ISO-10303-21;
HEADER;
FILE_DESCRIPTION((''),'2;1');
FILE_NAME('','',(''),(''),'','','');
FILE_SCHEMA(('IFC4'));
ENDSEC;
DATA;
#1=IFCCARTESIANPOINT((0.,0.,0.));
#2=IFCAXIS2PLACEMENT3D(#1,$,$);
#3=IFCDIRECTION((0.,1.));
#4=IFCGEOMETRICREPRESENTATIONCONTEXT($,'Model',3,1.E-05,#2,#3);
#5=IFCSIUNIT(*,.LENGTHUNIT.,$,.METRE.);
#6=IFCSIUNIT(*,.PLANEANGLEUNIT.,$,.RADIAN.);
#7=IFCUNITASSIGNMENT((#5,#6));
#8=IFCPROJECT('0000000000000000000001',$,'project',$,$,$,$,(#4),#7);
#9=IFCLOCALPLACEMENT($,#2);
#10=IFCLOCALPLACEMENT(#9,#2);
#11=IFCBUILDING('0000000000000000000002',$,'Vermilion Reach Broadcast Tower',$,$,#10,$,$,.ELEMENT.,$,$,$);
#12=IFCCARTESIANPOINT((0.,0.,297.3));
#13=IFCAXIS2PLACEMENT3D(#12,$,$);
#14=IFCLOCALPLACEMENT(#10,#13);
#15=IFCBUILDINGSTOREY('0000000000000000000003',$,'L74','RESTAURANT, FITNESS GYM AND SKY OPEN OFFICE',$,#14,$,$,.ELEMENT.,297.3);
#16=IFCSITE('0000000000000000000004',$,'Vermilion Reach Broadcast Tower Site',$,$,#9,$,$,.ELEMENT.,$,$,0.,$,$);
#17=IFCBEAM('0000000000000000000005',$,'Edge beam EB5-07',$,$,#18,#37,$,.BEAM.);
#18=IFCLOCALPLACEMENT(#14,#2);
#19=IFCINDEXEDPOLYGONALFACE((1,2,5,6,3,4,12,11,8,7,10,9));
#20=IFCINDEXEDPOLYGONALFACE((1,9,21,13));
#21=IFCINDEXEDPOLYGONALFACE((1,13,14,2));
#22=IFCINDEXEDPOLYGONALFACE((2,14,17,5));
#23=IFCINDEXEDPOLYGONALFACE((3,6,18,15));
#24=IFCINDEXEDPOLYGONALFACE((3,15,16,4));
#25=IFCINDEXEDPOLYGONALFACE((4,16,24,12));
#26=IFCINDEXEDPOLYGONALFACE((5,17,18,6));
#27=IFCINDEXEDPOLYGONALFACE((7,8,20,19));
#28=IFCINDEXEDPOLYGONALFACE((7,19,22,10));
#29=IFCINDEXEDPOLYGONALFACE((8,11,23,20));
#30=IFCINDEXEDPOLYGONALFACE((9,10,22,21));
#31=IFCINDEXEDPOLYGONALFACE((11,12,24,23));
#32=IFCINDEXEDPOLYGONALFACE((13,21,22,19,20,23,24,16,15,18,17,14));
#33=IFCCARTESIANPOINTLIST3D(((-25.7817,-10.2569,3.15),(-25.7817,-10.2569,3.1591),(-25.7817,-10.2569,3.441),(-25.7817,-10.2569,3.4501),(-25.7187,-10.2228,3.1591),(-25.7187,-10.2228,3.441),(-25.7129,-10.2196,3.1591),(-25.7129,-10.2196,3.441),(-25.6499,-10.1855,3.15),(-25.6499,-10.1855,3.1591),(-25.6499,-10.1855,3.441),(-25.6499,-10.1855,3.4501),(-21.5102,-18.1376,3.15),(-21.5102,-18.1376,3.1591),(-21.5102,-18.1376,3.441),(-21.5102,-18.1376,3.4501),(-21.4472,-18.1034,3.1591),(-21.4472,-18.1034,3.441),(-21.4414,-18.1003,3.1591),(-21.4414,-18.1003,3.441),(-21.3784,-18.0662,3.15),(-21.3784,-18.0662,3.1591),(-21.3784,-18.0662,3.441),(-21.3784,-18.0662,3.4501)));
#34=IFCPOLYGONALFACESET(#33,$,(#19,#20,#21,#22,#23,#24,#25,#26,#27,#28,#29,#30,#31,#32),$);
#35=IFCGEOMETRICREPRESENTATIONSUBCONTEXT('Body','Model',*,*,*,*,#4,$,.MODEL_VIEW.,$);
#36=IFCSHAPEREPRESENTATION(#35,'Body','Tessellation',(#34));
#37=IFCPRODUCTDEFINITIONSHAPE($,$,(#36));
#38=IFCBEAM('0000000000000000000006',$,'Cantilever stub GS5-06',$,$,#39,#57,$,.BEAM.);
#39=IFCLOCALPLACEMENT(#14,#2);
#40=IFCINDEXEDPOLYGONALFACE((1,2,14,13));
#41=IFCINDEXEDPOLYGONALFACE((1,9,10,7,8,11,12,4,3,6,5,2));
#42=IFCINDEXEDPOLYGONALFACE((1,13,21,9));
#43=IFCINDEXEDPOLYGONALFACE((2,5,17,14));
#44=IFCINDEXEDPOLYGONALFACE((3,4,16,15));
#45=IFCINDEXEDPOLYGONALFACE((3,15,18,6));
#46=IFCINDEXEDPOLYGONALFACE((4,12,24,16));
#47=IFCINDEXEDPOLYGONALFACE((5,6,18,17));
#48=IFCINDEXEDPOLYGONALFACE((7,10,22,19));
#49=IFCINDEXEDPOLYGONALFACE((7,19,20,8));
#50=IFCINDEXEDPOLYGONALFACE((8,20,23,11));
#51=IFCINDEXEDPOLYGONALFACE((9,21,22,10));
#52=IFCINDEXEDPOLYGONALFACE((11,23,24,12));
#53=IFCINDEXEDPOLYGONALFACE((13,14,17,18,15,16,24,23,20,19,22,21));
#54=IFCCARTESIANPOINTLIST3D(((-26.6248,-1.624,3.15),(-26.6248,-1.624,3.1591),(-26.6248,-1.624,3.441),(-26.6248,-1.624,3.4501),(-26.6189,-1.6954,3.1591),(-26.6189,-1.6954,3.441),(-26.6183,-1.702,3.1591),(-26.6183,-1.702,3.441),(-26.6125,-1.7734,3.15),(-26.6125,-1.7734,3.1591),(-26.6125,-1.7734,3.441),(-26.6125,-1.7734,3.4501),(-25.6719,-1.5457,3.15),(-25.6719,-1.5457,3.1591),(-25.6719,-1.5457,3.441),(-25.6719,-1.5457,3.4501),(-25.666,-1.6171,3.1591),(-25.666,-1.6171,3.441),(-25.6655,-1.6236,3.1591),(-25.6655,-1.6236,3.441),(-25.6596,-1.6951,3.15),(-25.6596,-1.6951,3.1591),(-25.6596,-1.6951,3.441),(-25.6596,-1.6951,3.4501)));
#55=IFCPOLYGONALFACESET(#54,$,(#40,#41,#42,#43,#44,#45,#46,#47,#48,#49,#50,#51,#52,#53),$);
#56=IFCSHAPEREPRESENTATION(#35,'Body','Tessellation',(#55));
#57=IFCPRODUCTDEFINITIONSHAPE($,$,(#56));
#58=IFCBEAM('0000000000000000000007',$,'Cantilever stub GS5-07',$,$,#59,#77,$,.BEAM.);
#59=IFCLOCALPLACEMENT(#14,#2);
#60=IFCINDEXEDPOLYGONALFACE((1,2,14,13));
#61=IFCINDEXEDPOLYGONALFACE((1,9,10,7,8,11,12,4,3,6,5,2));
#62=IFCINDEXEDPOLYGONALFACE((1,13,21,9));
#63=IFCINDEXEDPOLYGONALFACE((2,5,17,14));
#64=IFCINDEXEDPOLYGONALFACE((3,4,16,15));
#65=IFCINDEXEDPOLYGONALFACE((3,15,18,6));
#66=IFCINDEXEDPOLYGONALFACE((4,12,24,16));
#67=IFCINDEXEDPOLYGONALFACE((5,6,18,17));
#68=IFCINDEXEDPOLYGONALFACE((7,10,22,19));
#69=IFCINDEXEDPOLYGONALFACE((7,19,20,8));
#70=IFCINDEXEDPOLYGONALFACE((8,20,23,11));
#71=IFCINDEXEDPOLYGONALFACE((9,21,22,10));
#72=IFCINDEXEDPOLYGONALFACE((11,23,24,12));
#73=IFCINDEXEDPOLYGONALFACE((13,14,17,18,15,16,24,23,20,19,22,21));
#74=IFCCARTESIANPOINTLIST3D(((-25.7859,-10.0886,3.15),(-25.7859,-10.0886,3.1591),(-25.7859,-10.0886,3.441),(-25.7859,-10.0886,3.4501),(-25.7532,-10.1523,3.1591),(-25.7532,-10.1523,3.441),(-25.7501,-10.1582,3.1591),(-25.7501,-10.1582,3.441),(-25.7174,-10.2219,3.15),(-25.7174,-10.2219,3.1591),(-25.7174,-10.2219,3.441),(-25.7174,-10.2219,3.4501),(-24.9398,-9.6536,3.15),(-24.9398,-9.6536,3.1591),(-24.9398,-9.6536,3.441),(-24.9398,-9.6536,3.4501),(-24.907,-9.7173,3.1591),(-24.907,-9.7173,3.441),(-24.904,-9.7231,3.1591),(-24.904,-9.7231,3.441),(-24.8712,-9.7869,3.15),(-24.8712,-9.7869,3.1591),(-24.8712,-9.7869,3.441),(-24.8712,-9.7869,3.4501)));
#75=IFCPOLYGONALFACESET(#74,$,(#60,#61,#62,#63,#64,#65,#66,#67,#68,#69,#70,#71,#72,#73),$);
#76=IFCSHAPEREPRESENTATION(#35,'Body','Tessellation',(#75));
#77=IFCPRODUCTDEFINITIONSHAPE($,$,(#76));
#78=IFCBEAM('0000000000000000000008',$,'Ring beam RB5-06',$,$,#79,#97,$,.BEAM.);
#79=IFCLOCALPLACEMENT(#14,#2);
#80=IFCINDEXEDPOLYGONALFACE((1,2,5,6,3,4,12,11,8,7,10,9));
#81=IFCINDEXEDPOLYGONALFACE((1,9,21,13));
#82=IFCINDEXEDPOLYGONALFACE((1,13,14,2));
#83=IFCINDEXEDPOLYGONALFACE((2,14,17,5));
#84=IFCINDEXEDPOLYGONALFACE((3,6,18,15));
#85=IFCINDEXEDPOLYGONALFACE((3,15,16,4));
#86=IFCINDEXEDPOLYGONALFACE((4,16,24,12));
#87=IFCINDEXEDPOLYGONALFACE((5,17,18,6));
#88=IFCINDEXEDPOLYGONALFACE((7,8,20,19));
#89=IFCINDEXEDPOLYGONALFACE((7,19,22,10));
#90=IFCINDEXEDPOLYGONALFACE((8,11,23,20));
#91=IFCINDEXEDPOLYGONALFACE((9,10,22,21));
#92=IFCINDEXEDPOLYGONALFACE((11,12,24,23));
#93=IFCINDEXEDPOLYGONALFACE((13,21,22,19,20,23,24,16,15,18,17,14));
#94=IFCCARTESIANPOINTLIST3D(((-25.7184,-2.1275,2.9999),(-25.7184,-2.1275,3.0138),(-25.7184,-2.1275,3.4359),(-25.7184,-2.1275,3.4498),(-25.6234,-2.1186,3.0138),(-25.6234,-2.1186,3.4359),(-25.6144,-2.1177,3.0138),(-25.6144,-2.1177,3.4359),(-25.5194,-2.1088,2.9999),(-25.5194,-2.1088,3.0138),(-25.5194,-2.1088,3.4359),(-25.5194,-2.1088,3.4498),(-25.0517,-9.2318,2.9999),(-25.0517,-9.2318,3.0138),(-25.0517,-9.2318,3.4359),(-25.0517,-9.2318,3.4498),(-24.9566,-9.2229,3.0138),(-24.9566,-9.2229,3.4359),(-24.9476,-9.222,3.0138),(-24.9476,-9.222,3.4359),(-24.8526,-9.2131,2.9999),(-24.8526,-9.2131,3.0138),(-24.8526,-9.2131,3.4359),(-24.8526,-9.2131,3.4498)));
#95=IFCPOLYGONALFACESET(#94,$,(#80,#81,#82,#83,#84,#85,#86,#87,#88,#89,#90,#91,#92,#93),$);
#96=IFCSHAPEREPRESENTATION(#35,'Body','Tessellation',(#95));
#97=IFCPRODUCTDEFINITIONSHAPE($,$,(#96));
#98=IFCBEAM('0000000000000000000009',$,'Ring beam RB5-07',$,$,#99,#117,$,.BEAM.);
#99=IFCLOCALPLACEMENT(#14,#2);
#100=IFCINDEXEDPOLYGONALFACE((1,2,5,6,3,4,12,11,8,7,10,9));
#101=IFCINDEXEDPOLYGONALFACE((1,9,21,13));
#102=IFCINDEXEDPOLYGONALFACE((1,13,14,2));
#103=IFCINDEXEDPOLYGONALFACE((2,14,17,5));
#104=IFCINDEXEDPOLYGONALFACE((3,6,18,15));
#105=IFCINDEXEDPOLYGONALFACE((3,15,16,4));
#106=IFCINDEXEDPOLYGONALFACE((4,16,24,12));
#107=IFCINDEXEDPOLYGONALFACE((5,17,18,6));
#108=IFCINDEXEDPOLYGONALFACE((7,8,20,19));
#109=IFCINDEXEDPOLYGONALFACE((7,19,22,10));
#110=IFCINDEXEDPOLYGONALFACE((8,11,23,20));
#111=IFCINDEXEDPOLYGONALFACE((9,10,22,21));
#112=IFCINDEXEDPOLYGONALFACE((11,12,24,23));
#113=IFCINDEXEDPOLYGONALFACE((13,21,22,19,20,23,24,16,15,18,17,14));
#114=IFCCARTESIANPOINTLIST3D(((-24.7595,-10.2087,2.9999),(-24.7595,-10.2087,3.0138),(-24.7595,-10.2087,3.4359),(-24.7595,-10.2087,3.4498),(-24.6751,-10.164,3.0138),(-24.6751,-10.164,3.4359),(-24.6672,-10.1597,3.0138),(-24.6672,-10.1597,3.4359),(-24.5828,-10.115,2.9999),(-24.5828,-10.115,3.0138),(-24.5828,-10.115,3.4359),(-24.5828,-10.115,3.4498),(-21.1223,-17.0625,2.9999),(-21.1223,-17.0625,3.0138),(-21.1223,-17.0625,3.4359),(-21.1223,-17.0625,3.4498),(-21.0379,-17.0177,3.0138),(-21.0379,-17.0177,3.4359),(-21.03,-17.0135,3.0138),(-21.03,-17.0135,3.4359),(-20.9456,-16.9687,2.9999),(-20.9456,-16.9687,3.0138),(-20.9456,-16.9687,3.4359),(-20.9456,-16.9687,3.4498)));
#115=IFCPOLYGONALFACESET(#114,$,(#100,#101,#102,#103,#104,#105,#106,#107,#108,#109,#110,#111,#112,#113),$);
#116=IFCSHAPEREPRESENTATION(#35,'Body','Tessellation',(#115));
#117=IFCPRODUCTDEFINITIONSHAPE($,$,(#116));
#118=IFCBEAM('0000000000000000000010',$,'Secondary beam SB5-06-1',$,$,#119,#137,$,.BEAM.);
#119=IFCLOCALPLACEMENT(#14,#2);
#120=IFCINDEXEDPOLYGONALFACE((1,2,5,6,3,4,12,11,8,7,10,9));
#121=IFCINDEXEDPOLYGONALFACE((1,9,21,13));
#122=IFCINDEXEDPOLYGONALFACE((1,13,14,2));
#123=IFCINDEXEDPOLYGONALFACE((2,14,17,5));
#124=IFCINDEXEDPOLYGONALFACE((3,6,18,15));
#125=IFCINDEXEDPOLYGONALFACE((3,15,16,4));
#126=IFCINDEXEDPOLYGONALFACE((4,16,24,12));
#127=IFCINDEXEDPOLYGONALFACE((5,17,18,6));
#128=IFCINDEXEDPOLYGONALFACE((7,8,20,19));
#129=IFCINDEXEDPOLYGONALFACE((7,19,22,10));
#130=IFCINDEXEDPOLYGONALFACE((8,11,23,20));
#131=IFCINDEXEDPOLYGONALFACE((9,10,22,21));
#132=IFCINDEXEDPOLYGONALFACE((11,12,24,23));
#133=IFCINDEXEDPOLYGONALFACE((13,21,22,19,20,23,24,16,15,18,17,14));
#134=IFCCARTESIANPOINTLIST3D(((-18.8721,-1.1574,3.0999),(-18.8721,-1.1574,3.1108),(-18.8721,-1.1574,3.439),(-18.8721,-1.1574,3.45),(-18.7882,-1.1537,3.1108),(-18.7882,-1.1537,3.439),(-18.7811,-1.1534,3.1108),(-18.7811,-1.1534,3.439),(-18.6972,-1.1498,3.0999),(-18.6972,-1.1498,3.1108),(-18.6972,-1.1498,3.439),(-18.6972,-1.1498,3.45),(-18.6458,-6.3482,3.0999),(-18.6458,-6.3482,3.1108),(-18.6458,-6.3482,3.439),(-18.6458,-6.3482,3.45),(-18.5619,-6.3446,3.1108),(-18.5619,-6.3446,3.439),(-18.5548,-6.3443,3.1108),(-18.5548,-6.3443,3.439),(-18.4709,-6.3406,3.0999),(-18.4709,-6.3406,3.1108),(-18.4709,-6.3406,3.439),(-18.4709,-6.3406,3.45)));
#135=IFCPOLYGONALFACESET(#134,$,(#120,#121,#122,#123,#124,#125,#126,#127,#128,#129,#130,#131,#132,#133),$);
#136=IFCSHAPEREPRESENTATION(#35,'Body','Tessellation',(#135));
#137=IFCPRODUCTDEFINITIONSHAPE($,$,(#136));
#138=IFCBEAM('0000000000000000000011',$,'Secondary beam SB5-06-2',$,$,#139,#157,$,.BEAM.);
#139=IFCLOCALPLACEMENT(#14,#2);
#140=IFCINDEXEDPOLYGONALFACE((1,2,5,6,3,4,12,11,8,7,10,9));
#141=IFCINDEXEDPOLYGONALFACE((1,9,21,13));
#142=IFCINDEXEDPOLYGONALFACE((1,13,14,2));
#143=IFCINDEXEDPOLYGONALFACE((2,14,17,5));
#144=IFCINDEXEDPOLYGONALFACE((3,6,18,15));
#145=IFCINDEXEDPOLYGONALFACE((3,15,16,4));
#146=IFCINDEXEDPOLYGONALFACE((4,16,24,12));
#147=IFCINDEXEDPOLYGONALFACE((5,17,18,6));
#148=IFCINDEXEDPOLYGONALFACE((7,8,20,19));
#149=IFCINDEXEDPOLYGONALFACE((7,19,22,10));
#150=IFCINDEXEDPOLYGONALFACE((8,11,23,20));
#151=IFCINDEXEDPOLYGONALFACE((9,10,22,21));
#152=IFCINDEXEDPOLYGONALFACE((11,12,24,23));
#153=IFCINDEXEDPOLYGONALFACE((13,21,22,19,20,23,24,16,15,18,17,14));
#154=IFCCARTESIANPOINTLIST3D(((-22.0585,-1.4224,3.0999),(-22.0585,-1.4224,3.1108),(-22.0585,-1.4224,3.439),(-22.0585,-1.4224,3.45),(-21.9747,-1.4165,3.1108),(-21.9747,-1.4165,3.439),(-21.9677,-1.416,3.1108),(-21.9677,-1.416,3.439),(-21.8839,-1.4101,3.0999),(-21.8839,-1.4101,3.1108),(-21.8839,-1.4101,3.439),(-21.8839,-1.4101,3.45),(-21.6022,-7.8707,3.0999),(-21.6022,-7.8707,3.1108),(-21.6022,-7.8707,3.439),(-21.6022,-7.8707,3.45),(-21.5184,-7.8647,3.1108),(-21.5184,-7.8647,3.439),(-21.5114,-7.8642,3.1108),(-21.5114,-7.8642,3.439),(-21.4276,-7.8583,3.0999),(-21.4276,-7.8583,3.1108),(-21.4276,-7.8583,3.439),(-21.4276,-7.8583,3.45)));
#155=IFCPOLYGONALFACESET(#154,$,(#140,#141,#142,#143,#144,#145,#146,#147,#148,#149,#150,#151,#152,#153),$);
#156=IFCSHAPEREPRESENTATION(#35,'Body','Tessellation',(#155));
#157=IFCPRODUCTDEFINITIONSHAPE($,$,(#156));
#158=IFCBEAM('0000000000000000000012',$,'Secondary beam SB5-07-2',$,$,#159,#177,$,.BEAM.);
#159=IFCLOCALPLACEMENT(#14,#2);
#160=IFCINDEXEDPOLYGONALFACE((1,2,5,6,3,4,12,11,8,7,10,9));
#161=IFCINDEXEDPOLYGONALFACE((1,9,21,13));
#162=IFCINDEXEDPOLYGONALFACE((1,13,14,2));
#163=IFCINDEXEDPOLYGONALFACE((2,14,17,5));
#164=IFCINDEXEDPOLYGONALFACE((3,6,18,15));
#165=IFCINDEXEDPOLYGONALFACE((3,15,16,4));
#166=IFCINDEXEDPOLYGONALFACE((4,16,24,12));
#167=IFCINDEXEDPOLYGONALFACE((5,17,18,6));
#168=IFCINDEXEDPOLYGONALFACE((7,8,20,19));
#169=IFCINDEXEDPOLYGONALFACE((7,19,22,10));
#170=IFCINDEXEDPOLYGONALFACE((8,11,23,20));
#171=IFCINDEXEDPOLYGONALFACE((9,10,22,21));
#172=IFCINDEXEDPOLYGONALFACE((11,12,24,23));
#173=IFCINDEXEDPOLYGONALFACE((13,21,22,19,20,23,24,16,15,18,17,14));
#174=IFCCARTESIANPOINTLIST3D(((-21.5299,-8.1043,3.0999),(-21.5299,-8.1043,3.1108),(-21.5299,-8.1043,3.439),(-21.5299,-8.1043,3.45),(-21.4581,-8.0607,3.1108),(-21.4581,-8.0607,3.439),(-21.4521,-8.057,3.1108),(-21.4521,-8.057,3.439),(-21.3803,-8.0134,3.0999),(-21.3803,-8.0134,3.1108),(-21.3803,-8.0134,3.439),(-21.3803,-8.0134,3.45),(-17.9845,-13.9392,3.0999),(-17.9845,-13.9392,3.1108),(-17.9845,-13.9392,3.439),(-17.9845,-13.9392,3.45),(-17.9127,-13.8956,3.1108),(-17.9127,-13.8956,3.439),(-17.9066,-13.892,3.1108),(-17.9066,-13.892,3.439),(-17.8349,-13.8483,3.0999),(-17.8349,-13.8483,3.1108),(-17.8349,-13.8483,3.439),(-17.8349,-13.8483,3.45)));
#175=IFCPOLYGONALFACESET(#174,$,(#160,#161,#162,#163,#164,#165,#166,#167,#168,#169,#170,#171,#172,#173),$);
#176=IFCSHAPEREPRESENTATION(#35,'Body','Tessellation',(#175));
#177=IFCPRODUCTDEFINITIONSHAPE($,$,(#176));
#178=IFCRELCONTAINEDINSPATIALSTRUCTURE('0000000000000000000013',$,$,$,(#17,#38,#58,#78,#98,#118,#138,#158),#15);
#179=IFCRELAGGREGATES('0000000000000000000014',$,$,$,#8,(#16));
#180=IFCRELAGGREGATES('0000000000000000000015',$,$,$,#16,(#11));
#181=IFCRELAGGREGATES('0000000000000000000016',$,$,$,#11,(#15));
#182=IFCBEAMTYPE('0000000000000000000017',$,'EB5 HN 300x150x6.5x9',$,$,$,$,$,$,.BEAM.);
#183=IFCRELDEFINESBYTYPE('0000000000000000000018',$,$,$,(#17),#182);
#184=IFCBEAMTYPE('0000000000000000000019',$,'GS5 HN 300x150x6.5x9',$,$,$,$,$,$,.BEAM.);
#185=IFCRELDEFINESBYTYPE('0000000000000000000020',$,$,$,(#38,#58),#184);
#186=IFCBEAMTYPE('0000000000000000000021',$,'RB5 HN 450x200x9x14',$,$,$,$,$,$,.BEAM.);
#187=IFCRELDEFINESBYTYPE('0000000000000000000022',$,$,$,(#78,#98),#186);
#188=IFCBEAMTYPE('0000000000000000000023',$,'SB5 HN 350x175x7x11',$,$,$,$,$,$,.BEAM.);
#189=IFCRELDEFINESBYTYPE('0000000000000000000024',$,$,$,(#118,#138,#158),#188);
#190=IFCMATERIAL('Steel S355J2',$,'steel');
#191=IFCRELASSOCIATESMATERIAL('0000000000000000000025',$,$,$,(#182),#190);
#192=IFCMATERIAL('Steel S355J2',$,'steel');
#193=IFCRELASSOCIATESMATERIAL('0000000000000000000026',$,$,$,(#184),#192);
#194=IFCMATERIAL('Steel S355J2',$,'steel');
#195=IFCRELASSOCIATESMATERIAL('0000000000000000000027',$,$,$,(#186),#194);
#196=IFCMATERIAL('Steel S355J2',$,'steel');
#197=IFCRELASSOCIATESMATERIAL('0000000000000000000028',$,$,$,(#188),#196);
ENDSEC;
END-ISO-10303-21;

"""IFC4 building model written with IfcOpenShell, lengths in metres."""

from ifc_helpers import new_model, si_unit, direction, frame, origin, origin_2d, place, context, subcontext, project, spatial, i_section, extrude, material, material_profile, profile_set, type_object, element, save


model = new_model("IFC4")

# Units and contexts
model_context = context("Model", 3, precision=1e-05, world=origin(), true_north=direction((0.0, 1.0)))
body_context = subcontext(model_context, "Body", "Model", "MODEL_VIEW")
ifc_project = project(units=[si_unit("LENGTHUNIT", "METRE"), si_unit("PLANEANGLEUNIT", "RADIAN")], contexts=[model_context])

# Site, building, storey
site_placement = place(None, origin())
site = spatial("IfcSite", under=ifc_project, at=site_placement, Name="Vermilion Reach Broadcast Tower Site", CompositionType="ELEMENT", RefElevation=0.0)
building_placement = place(site_placement, origin())
building = spatial("IfcBuilding", under=site, at=building_placement, Name="Vermilion Reach Broadcast Tower", CompositionType="ELEMENT")
storey_placement = place(building_placement, frame((0.0, 0.0, 297.3)))
storey = spatial("IfcBuildingStorey", under=building, at=storey_placement, Name="L74", Description="RESTAURANT, FITNESS GYM AND SKY OPEN OFFICE", CompositionType="ELEMENT", Elevation=297.3)

# Beams
ifc_material_1 = material(Name="Steel S355J2", Category="steel")
ifc_material_profile_1 = material_profile(ifc_material_1, i_section(OverallWidth=0.1499, OverallDepth=0.3, WebThickness=0.0066, FlangeThickness=0.009, at=origin_2d()), Name="S355J2 HN 300x150x6.5x9")
ifc_profile_set_1 = profile_set([ifc_material_profile_1], Name="Steel S355J2")
beam_type_1 = type_object("IfcBeamType", Name="EB5 HN 300x150x6.5x9", PredefinedType="BEAM", material=ifc_profile_set_1)
beam_1_placement = place(storey_placement, frame((-25.7158, -10.2212, 3.3), z_axis=(0.476526, -0.87916, 0.0), x_axis=(0.87916, 0.476526, 0.0)))
element("IfcBeam", 1, at=beam_1_placement, inside=storey, type_object=beam_type_1, Name="Edge beam EB5-07", PredefinedType="BEAM", context=body_context, shape_type="SweptSolid", body=[
    extrude(i_section(OverallWidth=0.1499, OverallDepth=0.3, WebThickness=0.0066, FlangeThickness=0.009, at=origin_2d()), origin(), (0.0, 0.0, 1.0), 8.9639),
])
ifc_material_2 = material(Name="Steel S355J2", Category="steel")
ifc_material_profile_2 = material_profile(ifc_material_2, i_section(OverallWidth=0.1499, OverallDepth=0.3, WebThickness=0.0066, FlangeThickness=0.009, at=origin_2d()), Name="S355J2 HN 300x150x6.5x9")
ifc_profile_set_2 = profile_set([ifc_material_profile_2], Name="Steel S355J2")
beam_type_2 = type_object("IfcBeamType", Name="GS5 HN 300x150x6.5x9", PredefinedType="BEAM", material=ifc_profile_set_2)
beam_2_placement = place(storey_placement, frame((-25.6658, -1.6204, 3.3), z_axis=(-0.996635, -0.081968, 0.0), x_axis=(0.081968, -0.996635, 0.0)))
element("IfcBeam", 2, at=beam_2_placement, inside=storey, type_object=beam_type_2, Name="Cantilever stub GS5-06", PredefinedType="BEAM", context=body_context, shape_type="SweptSolid", body=[
    extrude(i_section(OverallWidth=0.1499, OverallDepth=0.3, WebThickness=0.0066, FlangeThickness=0.009, at=origin_2d()), origin(), (0.0, 0.0, 1.0), 0.9561),
])
beam_3_placement = place(storey_placement, frame((-24.9055, -9.7202, 3.3), z_axis=(-0.889341, -0.457244, 0.0), x_axis=(0.457244, -0.889341, 0.0)))
element("IfcBeam", 3, at=beam_3_placement, inside=storey, type_object=beam_type_2, Name="Cantilever stub GS5-07", PredefinedType="BEAM", context=body_context, shape_type="SweptSolid", body=[
    extrude(i_section(OverallWidth=0.1499, OverallDepth=0.3, WebThickness=0.0066, FlangeThickness=0.009, at=origin_2d()), origin(), (0.0, 0.0, 1.0), 0.9514),
])
ifc_material_3 = material(Name="Steel S355J2", Category="steel")
ifc_material_profile_3 = material_profile(ifc_material_3, i_section(OverallWidth=0.2, OverallDepth=0.45, WebThickness=0.009, FlangeThickness=0.0139, at=origin_2d()), Name="S355J2 HN 450x200x9x14")
ifc_profile_set_3 = profile_set([ifc_material_profile_3], Name="Steel S355J2")
beam_type_3 = type_object("IfcBeamType", Name="RB5 HN 450x200x9x14", PredefinedType="BEAM", material=ifc_profile_set_3)
beam_4_placement = place(storey_placement, frame((-25.6189, -2.1182, 3.2249), z_axis=(0.093441, -0.995625, 0.0), x_axis=(0.995625, 0.093441, 0.0)))
element("IfcBeam", 4, at=beam_4_placement, inside=storey, type_object=beam_type_3, Name="Ring beam RB5-06", PredefinedType="BEAM", context=body_context, shape_type="SweptSolid", body=[
    extrude(i_section(OverallWidth=0.2, OverallDepth=0.45, WebThickness=0.009, FlangeThickness=0.0139, at=origin_2d()), origin(), (0.0, 0.0, 1.0), 7.1355),
])
beam_5_placement = place(storey_placement, frame((-24.6711, -10.1619, 3.2249), z_axis=(0.468768, -0.883321, 0.0), x_axis=(0.883321, 0.468768, 0.0)))
element("IfcBeam", 5, at=beam_5_placement, inside=storey, type_object=beam_type_3, Name="Ring beam RB5-07", PredefinedType="BEAM", context=body_context, shape_type="SweptSolid", body=[
    extrude(i_section(OverallWidth=0.2, OverallDepth=0.45, WebThickness=0.009, FlangeThickness=0.0139, at=origin_2d()), origin(), (0.0, 0.0, 1.0), 7.759),
])
ifc_material_4 = material(Name="Steel S355J2", Category="steel")
ifc_material_profile_4 = material_profile(ifc_material_4, i_section(OverallWidth=0.175, OverallDepth=0.3501, WebThickness=0.0071, FlangeThickness=0.011, at=origin_2d()), Name="S355J2 HN 350x175x7x11")
ifc_profile_set_4 = profile_set([ifc_material_profile_4], Name="Steel S355J2")
beam_type_4 = type_object("IfcBeamType", Name="SB5 HN 350x175x7x11", PredefinedType="BEAM", material=ifc_profile_set_4)
beam_6_placement = place(storey_placement, frame((-18.7847, -1.1536, 3.2749), z_axis=(0.043558, -0.999051, 0.0), x_axis=(0.999051, 0.043558, 0.0)))
element("IfcBeam", 6, at=beam_6_placement, inside=storey, type_object=beam_type_4, Name="Secondary beam SB5-06-1", PredefinedType="BEAM", context=body_context, shape_type="SweptSolid", body=[
    extrude(i_section(OverallWidth=0.175, OverallDepth=0.3501, WebThickness=0.0071, FlangeThickness=0.011, at=origin_2d()), origin(), (0.0, 0.0, 1.0), 5.1958),
])
beam_7_placement = place(storey_placement, frame((-21.9712, -1.4163, 3.2749), z_axis=(0.070587, -0.997506, 0.0), x_axis=(0.997506, 0.070587, 0.0)))
element("IfcBeam", 7, at=beam_7_placement, inside=storey, type_object=beam_type_4, Name="Secondary beam SB5-06-2", PredefinedType="BEAM", context=body_context, shape_type="SweptSolid", body=[
    extrude(i_section(OverallWidth=0.175, OverallDepth=0.3501, WebThickness=0.0071, FlangeThickness=0.011, at=origin_2d()), origin(), (0.0, 0.0, 1.0), 6.4644),
])
beam_8_placement = place(storey_placement, frame((-21.4551, -8.0588, 3.2749), z_axis=(0.519273, -0.854608, 0.0), x_axis=(0.854608, 0.519273, 0.0)))
element("IfcBeam", 8, at=beam_8_placement, inside=storey, type_object=beam_type_4, Name="Secondary beam SB5-07-2", PredefinedType="BEAM", context=body_context, shape_type="SweptSolid", body=[
    extrude(i_section(OverallWidth=0.175, OverallDepth=0.3501, WebThickness=0.0071, FlangeThickness=0.011, at=origin_2d()), origin(), (0.0, 0.0, 1.0), 6.8276),
])

save(model, "model.ifc")
